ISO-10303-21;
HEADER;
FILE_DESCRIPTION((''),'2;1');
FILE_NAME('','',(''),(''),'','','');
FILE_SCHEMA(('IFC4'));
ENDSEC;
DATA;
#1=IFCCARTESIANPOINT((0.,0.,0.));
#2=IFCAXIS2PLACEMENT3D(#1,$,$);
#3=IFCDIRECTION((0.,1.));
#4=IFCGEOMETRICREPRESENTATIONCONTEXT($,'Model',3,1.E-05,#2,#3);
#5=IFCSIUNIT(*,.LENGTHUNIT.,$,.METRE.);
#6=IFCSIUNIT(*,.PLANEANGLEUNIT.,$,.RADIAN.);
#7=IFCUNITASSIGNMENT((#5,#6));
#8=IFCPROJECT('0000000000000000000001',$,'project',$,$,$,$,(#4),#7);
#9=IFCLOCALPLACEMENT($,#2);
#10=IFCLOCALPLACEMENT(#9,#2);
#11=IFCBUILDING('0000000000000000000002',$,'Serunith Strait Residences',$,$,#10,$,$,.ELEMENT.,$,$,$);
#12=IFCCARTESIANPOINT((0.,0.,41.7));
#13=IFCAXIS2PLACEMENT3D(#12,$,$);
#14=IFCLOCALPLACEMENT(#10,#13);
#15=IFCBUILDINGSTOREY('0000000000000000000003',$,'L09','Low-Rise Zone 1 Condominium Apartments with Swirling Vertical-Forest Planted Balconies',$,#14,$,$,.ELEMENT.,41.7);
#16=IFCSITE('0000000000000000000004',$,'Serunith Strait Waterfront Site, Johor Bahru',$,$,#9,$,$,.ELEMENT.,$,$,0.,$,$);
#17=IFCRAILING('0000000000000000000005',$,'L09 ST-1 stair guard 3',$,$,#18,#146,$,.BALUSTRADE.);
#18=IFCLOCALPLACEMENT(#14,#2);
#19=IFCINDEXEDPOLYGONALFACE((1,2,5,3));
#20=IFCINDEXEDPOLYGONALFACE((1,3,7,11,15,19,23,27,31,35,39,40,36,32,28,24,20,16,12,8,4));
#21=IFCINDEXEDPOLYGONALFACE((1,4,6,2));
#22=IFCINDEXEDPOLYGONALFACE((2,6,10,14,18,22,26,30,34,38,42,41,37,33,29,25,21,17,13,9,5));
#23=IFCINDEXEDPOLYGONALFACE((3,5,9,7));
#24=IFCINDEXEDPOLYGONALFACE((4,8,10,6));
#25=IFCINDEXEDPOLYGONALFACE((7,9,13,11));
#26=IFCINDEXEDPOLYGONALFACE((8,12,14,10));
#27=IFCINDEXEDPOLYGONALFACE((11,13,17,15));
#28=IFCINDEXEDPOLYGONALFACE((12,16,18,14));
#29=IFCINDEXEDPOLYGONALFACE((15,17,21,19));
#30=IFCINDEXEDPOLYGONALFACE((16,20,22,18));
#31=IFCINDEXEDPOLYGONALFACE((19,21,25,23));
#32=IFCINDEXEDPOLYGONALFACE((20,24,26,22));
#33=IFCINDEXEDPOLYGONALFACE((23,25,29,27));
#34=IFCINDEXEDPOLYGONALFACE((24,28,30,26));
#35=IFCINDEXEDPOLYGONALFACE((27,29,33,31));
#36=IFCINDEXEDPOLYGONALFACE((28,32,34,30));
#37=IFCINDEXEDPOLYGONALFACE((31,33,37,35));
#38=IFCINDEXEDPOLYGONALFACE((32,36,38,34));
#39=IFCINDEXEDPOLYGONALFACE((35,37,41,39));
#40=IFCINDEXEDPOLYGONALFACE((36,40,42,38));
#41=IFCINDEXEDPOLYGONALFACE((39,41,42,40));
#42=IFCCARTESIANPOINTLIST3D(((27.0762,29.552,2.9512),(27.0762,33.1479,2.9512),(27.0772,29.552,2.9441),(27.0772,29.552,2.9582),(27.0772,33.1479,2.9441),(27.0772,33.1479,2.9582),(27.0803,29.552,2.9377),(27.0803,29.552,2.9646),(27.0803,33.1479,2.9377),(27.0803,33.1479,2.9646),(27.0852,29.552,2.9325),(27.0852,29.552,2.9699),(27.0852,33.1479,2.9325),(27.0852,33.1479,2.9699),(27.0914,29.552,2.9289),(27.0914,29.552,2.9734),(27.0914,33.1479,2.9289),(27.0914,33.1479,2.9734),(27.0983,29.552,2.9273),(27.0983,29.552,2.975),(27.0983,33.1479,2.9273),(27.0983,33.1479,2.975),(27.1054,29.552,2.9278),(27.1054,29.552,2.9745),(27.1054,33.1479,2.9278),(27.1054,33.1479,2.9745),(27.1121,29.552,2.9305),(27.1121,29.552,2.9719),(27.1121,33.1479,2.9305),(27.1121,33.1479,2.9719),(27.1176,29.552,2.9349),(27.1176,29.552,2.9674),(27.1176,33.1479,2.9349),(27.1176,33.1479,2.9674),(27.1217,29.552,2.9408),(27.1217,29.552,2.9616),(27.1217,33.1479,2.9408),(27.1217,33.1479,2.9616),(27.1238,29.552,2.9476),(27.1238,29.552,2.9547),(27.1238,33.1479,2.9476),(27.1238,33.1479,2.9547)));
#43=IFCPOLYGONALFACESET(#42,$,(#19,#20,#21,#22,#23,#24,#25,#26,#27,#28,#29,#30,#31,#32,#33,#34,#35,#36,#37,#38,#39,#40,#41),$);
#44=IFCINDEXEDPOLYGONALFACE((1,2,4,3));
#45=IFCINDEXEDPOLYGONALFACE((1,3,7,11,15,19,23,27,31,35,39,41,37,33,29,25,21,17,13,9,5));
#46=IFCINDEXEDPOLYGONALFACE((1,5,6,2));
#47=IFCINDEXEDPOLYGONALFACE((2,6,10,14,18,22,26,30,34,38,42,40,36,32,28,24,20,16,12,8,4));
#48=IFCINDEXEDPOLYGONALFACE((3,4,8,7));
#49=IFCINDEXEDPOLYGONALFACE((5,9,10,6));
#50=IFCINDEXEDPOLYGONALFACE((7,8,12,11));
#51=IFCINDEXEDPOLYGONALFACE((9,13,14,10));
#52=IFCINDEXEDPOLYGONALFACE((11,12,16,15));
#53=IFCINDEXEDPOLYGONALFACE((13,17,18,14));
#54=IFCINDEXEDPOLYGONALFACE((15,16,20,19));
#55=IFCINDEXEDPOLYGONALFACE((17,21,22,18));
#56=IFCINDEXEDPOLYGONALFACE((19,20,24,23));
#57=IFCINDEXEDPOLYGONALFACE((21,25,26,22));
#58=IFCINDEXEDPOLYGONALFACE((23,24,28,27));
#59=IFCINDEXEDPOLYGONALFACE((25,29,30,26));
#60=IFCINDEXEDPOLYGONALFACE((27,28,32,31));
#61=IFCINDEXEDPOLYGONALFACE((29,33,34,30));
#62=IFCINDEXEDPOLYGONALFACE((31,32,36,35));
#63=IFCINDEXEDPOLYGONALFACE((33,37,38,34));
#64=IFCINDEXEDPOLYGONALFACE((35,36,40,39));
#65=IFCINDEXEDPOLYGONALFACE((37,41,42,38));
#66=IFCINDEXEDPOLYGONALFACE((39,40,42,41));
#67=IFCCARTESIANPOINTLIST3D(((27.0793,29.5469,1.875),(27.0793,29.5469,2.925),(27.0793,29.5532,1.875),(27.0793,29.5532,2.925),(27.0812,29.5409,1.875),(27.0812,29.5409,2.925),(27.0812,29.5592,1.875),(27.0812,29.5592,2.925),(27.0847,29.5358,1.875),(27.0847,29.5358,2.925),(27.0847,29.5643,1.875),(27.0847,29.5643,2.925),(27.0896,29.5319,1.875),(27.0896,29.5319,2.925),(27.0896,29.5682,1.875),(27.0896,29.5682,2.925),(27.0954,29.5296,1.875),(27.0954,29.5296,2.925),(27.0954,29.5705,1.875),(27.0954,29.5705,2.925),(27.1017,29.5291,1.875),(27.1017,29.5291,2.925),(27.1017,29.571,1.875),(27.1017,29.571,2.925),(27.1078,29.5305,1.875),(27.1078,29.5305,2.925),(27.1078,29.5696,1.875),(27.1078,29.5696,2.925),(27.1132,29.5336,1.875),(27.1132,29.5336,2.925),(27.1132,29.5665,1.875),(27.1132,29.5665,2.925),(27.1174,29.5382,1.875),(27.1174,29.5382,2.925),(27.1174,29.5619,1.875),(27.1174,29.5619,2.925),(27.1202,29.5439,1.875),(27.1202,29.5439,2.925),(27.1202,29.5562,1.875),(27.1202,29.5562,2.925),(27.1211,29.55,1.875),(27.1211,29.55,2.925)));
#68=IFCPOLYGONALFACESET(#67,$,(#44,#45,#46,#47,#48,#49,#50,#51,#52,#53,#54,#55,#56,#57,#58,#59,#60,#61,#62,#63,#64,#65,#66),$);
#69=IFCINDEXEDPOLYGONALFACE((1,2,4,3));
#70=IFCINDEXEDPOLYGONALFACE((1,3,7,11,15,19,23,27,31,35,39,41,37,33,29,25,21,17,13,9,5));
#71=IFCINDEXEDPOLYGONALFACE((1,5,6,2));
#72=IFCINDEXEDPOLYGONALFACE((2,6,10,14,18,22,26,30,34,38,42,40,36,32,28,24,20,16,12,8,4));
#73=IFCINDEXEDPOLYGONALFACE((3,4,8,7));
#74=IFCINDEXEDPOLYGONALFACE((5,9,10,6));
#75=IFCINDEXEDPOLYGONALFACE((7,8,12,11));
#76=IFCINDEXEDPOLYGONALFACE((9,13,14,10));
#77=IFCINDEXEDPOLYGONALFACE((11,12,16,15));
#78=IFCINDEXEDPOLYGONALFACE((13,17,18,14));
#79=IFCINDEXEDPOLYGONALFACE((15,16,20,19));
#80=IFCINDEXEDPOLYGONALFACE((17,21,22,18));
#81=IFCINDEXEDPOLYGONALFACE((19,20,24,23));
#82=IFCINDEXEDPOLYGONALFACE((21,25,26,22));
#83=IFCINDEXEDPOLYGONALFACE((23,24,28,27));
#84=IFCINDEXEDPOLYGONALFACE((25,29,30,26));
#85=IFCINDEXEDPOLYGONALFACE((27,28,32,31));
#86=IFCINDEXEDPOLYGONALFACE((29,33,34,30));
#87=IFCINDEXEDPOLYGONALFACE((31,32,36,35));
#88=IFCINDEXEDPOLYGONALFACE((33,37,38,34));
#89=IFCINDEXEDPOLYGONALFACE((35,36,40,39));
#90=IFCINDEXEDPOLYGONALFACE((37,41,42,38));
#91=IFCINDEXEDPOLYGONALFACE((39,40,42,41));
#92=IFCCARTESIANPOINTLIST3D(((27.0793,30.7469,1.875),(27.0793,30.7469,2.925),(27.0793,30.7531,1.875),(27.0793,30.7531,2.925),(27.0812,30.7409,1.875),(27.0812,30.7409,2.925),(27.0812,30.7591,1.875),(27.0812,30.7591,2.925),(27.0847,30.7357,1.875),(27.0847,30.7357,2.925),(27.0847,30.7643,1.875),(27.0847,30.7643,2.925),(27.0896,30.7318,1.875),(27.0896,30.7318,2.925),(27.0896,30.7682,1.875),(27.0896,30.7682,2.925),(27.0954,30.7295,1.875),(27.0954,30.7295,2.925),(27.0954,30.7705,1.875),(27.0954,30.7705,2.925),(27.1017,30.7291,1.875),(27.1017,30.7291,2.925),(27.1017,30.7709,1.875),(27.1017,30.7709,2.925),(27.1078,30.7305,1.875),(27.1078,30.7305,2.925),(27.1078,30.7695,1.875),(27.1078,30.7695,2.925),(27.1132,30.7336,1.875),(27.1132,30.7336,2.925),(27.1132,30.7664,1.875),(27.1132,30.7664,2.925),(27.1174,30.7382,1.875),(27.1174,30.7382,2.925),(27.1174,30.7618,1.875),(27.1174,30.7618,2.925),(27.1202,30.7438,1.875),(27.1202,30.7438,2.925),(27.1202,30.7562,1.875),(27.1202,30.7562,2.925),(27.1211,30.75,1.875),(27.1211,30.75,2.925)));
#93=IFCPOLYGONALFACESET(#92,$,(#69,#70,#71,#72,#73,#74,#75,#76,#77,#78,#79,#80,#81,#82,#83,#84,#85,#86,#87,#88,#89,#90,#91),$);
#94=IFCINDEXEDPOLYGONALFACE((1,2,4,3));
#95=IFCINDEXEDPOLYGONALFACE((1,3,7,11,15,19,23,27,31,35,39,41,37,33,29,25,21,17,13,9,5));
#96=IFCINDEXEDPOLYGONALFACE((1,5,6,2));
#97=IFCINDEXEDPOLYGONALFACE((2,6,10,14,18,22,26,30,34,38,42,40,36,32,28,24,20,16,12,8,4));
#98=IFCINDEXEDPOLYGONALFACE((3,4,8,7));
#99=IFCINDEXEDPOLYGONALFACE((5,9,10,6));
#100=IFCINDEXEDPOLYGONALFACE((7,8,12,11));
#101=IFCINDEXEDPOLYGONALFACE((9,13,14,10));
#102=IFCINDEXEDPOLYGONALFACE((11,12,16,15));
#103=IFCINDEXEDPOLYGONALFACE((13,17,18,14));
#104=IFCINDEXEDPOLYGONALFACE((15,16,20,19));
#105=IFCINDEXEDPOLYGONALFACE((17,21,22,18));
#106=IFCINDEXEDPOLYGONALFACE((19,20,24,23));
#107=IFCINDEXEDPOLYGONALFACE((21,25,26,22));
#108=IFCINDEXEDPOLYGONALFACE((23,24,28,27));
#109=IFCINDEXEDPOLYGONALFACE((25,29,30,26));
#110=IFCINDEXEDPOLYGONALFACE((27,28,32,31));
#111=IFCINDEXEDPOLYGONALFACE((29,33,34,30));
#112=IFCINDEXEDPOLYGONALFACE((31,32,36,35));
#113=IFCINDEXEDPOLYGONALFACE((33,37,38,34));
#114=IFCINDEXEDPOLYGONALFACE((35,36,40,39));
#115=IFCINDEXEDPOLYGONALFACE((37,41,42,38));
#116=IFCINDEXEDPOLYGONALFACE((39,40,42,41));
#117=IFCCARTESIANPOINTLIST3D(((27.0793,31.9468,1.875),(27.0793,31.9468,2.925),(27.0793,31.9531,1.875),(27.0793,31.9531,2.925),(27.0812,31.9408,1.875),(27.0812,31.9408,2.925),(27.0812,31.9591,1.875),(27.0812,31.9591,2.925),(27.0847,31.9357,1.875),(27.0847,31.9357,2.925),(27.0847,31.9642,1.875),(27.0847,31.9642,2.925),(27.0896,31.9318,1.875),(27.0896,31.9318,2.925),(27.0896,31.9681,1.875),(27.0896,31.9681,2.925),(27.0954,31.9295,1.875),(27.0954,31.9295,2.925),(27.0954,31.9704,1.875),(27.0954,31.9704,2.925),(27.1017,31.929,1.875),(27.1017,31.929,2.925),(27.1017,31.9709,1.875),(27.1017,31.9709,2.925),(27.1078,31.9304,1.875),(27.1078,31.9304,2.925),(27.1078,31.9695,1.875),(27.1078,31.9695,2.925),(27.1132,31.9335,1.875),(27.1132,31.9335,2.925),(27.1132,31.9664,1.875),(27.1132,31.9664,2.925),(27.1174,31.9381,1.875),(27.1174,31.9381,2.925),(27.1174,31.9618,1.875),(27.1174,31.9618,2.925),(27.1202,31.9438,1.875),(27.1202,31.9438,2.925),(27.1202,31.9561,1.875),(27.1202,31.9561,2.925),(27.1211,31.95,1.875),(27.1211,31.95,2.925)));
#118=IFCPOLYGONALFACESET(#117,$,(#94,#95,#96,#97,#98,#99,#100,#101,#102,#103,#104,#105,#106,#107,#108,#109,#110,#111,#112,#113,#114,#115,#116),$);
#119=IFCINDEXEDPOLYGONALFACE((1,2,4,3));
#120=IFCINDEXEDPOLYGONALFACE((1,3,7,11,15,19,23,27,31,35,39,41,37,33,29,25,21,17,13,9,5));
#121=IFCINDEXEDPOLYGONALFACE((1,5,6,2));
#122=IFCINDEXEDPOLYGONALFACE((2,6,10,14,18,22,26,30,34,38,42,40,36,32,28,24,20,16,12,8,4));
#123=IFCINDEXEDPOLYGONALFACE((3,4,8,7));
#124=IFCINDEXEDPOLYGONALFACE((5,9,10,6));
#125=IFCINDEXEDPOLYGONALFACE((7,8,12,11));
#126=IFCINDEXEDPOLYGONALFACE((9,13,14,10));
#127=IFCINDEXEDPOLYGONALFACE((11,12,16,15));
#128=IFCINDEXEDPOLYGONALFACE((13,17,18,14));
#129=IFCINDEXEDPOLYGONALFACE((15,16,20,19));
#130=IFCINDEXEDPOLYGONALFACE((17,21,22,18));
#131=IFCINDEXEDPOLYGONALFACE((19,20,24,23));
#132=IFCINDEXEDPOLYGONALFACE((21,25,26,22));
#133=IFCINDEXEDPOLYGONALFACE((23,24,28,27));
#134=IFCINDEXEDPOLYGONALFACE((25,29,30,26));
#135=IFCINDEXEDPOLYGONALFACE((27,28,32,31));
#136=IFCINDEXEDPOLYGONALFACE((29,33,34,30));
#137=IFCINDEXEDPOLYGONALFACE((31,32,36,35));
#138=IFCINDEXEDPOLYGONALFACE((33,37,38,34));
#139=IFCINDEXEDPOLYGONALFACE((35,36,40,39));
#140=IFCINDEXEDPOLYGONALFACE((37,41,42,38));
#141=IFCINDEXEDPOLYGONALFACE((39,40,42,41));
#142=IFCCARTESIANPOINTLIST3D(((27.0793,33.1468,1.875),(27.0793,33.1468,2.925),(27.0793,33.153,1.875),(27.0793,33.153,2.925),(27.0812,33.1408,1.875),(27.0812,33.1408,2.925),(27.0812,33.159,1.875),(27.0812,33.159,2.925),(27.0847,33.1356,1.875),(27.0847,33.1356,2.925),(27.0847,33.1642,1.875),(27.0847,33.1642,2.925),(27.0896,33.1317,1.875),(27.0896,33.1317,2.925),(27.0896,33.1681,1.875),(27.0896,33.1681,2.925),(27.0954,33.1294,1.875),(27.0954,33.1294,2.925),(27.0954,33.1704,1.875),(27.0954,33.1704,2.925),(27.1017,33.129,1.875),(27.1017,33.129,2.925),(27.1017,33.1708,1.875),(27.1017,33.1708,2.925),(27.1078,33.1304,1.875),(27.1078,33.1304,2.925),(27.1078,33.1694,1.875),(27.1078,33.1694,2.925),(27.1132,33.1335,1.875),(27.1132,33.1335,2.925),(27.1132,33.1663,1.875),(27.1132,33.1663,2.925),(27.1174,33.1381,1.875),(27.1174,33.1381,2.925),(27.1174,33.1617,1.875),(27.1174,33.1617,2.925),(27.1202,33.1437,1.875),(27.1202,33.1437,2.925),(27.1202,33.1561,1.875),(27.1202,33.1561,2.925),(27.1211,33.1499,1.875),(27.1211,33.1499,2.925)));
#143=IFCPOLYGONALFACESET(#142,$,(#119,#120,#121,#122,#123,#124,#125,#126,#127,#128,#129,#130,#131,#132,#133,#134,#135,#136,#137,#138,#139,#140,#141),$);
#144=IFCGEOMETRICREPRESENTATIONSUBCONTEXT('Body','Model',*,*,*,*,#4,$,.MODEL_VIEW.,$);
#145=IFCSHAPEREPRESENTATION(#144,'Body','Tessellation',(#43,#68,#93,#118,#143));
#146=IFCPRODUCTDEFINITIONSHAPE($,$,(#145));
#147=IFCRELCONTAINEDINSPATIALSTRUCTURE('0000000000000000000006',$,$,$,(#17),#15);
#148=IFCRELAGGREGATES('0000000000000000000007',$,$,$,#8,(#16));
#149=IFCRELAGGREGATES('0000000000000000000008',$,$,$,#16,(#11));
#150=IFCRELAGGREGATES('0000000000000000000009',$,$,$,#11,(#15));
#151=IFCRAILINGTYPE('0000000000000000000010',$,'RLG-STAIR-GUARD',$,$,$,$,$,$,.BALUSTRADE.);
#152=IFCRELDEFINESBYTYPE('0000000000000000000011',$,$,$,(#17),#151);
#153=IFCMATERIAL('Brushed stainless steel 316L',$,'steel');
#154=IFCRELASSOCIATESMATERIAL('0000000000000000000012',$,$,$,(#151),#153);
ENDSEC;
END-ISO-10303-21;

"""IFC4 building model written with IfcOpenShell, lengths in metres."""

from ifc_helpers import new_model, si_unit, direction, frame, origin, origin_2d, place, context, subcontext, project, spatial, circle, extrude, material, type_object, element, save


model = new_model("IFC4")

# Units and contexts
model_context = context("Model", 3, precision=1e-05, world=origin(), true_north=direction((0.0, 1.0)))
body_context = subcontext(model_context, "Body", "Model", "MODEL_VIEW")
ifc_project = project(units=[si_unit("LENGTHUNIT", "METRE"), si_unit("PLANEANGLEUNIT", "RADIAN")], contexts=[model_context])

# Site, building, storey
site_placement = place(None, origin())
site = spatial("IfcSite", under=ifc_project, at=site_placement, Name="Serunith Strait Waterfront Site, Johor Bahru", CompositionType="ELEMENT", RefElevation=0.0)
building_placement = place(site_placement, origin())
building = spatial("IfcBuilding", under=site, at=building_placement, Name="Serunith Strait Residences", CompositionType="ELEMENT")
storey_placement = place(building_placement, frame((0.0, 0.0, 41.7)))
storey = spatial("IfcBuildingStorey", under=building, at=storey_placement, Name="L09", Description="Low-Rise Zone 1 Condominium Apartments with Swirling Vertical-Forest Planted Balconies", CompositionType="ELEMENT", Elevation=41.7)

# Railing
ifc_material_1 = material(Name="Brushed stainless steel 316L", Category="steel")
railing_type_1 = type_object("IfcRailingType", Name="RLG-STAIR-GUARD", PredefinedType="BALUSTRADE", material=ifc_material_1)
for number, where, name in (
    (1, (27.1001, 29.55, 1.875), "L09 ST-1 stair guard 3"),
):
    element("IfcRailing", number, at=place(storey_placement, frame(where)), inside=storey, type_object=railing_type_1, Name=name, PredefinedType="BALUSTRADE", context=body_context, shape_type="SweptSolid", body=[
        extrude(circle(Radius=0.0239, at=origin_2d()), frame((0.0, 0.002, 1.0762), z_axis=(0.0, 1.0, 0.0), x_axis=(-1.0, 0.0, 0.0)), (0.0, 0.0, 1.0), 3.5959),
        extrude(circle(Radius=0.021, at=origin_2d()), origin(), (0.0, 0.0, 1.0), 1.05),
        extrude(circle(Radius=0.021, at=origin_2d()), frame((0.0, 1.2, 0.0)), (0.0, 0.0, 1.0), 1.05),
        extrude(circle(Radius=0.021, at=origin_2d()), frame((0.0, 2.3999, 0.0)), (0.0, 0.0, 1.0), 1.05),
        extrude(circle(Radius=0.021, at=origin_2d()), frame((0.0, 3.5999, 0.0)), (0.0, 0.0, 1.0), 1.05),
    ])

save(model, "model.ifc")
